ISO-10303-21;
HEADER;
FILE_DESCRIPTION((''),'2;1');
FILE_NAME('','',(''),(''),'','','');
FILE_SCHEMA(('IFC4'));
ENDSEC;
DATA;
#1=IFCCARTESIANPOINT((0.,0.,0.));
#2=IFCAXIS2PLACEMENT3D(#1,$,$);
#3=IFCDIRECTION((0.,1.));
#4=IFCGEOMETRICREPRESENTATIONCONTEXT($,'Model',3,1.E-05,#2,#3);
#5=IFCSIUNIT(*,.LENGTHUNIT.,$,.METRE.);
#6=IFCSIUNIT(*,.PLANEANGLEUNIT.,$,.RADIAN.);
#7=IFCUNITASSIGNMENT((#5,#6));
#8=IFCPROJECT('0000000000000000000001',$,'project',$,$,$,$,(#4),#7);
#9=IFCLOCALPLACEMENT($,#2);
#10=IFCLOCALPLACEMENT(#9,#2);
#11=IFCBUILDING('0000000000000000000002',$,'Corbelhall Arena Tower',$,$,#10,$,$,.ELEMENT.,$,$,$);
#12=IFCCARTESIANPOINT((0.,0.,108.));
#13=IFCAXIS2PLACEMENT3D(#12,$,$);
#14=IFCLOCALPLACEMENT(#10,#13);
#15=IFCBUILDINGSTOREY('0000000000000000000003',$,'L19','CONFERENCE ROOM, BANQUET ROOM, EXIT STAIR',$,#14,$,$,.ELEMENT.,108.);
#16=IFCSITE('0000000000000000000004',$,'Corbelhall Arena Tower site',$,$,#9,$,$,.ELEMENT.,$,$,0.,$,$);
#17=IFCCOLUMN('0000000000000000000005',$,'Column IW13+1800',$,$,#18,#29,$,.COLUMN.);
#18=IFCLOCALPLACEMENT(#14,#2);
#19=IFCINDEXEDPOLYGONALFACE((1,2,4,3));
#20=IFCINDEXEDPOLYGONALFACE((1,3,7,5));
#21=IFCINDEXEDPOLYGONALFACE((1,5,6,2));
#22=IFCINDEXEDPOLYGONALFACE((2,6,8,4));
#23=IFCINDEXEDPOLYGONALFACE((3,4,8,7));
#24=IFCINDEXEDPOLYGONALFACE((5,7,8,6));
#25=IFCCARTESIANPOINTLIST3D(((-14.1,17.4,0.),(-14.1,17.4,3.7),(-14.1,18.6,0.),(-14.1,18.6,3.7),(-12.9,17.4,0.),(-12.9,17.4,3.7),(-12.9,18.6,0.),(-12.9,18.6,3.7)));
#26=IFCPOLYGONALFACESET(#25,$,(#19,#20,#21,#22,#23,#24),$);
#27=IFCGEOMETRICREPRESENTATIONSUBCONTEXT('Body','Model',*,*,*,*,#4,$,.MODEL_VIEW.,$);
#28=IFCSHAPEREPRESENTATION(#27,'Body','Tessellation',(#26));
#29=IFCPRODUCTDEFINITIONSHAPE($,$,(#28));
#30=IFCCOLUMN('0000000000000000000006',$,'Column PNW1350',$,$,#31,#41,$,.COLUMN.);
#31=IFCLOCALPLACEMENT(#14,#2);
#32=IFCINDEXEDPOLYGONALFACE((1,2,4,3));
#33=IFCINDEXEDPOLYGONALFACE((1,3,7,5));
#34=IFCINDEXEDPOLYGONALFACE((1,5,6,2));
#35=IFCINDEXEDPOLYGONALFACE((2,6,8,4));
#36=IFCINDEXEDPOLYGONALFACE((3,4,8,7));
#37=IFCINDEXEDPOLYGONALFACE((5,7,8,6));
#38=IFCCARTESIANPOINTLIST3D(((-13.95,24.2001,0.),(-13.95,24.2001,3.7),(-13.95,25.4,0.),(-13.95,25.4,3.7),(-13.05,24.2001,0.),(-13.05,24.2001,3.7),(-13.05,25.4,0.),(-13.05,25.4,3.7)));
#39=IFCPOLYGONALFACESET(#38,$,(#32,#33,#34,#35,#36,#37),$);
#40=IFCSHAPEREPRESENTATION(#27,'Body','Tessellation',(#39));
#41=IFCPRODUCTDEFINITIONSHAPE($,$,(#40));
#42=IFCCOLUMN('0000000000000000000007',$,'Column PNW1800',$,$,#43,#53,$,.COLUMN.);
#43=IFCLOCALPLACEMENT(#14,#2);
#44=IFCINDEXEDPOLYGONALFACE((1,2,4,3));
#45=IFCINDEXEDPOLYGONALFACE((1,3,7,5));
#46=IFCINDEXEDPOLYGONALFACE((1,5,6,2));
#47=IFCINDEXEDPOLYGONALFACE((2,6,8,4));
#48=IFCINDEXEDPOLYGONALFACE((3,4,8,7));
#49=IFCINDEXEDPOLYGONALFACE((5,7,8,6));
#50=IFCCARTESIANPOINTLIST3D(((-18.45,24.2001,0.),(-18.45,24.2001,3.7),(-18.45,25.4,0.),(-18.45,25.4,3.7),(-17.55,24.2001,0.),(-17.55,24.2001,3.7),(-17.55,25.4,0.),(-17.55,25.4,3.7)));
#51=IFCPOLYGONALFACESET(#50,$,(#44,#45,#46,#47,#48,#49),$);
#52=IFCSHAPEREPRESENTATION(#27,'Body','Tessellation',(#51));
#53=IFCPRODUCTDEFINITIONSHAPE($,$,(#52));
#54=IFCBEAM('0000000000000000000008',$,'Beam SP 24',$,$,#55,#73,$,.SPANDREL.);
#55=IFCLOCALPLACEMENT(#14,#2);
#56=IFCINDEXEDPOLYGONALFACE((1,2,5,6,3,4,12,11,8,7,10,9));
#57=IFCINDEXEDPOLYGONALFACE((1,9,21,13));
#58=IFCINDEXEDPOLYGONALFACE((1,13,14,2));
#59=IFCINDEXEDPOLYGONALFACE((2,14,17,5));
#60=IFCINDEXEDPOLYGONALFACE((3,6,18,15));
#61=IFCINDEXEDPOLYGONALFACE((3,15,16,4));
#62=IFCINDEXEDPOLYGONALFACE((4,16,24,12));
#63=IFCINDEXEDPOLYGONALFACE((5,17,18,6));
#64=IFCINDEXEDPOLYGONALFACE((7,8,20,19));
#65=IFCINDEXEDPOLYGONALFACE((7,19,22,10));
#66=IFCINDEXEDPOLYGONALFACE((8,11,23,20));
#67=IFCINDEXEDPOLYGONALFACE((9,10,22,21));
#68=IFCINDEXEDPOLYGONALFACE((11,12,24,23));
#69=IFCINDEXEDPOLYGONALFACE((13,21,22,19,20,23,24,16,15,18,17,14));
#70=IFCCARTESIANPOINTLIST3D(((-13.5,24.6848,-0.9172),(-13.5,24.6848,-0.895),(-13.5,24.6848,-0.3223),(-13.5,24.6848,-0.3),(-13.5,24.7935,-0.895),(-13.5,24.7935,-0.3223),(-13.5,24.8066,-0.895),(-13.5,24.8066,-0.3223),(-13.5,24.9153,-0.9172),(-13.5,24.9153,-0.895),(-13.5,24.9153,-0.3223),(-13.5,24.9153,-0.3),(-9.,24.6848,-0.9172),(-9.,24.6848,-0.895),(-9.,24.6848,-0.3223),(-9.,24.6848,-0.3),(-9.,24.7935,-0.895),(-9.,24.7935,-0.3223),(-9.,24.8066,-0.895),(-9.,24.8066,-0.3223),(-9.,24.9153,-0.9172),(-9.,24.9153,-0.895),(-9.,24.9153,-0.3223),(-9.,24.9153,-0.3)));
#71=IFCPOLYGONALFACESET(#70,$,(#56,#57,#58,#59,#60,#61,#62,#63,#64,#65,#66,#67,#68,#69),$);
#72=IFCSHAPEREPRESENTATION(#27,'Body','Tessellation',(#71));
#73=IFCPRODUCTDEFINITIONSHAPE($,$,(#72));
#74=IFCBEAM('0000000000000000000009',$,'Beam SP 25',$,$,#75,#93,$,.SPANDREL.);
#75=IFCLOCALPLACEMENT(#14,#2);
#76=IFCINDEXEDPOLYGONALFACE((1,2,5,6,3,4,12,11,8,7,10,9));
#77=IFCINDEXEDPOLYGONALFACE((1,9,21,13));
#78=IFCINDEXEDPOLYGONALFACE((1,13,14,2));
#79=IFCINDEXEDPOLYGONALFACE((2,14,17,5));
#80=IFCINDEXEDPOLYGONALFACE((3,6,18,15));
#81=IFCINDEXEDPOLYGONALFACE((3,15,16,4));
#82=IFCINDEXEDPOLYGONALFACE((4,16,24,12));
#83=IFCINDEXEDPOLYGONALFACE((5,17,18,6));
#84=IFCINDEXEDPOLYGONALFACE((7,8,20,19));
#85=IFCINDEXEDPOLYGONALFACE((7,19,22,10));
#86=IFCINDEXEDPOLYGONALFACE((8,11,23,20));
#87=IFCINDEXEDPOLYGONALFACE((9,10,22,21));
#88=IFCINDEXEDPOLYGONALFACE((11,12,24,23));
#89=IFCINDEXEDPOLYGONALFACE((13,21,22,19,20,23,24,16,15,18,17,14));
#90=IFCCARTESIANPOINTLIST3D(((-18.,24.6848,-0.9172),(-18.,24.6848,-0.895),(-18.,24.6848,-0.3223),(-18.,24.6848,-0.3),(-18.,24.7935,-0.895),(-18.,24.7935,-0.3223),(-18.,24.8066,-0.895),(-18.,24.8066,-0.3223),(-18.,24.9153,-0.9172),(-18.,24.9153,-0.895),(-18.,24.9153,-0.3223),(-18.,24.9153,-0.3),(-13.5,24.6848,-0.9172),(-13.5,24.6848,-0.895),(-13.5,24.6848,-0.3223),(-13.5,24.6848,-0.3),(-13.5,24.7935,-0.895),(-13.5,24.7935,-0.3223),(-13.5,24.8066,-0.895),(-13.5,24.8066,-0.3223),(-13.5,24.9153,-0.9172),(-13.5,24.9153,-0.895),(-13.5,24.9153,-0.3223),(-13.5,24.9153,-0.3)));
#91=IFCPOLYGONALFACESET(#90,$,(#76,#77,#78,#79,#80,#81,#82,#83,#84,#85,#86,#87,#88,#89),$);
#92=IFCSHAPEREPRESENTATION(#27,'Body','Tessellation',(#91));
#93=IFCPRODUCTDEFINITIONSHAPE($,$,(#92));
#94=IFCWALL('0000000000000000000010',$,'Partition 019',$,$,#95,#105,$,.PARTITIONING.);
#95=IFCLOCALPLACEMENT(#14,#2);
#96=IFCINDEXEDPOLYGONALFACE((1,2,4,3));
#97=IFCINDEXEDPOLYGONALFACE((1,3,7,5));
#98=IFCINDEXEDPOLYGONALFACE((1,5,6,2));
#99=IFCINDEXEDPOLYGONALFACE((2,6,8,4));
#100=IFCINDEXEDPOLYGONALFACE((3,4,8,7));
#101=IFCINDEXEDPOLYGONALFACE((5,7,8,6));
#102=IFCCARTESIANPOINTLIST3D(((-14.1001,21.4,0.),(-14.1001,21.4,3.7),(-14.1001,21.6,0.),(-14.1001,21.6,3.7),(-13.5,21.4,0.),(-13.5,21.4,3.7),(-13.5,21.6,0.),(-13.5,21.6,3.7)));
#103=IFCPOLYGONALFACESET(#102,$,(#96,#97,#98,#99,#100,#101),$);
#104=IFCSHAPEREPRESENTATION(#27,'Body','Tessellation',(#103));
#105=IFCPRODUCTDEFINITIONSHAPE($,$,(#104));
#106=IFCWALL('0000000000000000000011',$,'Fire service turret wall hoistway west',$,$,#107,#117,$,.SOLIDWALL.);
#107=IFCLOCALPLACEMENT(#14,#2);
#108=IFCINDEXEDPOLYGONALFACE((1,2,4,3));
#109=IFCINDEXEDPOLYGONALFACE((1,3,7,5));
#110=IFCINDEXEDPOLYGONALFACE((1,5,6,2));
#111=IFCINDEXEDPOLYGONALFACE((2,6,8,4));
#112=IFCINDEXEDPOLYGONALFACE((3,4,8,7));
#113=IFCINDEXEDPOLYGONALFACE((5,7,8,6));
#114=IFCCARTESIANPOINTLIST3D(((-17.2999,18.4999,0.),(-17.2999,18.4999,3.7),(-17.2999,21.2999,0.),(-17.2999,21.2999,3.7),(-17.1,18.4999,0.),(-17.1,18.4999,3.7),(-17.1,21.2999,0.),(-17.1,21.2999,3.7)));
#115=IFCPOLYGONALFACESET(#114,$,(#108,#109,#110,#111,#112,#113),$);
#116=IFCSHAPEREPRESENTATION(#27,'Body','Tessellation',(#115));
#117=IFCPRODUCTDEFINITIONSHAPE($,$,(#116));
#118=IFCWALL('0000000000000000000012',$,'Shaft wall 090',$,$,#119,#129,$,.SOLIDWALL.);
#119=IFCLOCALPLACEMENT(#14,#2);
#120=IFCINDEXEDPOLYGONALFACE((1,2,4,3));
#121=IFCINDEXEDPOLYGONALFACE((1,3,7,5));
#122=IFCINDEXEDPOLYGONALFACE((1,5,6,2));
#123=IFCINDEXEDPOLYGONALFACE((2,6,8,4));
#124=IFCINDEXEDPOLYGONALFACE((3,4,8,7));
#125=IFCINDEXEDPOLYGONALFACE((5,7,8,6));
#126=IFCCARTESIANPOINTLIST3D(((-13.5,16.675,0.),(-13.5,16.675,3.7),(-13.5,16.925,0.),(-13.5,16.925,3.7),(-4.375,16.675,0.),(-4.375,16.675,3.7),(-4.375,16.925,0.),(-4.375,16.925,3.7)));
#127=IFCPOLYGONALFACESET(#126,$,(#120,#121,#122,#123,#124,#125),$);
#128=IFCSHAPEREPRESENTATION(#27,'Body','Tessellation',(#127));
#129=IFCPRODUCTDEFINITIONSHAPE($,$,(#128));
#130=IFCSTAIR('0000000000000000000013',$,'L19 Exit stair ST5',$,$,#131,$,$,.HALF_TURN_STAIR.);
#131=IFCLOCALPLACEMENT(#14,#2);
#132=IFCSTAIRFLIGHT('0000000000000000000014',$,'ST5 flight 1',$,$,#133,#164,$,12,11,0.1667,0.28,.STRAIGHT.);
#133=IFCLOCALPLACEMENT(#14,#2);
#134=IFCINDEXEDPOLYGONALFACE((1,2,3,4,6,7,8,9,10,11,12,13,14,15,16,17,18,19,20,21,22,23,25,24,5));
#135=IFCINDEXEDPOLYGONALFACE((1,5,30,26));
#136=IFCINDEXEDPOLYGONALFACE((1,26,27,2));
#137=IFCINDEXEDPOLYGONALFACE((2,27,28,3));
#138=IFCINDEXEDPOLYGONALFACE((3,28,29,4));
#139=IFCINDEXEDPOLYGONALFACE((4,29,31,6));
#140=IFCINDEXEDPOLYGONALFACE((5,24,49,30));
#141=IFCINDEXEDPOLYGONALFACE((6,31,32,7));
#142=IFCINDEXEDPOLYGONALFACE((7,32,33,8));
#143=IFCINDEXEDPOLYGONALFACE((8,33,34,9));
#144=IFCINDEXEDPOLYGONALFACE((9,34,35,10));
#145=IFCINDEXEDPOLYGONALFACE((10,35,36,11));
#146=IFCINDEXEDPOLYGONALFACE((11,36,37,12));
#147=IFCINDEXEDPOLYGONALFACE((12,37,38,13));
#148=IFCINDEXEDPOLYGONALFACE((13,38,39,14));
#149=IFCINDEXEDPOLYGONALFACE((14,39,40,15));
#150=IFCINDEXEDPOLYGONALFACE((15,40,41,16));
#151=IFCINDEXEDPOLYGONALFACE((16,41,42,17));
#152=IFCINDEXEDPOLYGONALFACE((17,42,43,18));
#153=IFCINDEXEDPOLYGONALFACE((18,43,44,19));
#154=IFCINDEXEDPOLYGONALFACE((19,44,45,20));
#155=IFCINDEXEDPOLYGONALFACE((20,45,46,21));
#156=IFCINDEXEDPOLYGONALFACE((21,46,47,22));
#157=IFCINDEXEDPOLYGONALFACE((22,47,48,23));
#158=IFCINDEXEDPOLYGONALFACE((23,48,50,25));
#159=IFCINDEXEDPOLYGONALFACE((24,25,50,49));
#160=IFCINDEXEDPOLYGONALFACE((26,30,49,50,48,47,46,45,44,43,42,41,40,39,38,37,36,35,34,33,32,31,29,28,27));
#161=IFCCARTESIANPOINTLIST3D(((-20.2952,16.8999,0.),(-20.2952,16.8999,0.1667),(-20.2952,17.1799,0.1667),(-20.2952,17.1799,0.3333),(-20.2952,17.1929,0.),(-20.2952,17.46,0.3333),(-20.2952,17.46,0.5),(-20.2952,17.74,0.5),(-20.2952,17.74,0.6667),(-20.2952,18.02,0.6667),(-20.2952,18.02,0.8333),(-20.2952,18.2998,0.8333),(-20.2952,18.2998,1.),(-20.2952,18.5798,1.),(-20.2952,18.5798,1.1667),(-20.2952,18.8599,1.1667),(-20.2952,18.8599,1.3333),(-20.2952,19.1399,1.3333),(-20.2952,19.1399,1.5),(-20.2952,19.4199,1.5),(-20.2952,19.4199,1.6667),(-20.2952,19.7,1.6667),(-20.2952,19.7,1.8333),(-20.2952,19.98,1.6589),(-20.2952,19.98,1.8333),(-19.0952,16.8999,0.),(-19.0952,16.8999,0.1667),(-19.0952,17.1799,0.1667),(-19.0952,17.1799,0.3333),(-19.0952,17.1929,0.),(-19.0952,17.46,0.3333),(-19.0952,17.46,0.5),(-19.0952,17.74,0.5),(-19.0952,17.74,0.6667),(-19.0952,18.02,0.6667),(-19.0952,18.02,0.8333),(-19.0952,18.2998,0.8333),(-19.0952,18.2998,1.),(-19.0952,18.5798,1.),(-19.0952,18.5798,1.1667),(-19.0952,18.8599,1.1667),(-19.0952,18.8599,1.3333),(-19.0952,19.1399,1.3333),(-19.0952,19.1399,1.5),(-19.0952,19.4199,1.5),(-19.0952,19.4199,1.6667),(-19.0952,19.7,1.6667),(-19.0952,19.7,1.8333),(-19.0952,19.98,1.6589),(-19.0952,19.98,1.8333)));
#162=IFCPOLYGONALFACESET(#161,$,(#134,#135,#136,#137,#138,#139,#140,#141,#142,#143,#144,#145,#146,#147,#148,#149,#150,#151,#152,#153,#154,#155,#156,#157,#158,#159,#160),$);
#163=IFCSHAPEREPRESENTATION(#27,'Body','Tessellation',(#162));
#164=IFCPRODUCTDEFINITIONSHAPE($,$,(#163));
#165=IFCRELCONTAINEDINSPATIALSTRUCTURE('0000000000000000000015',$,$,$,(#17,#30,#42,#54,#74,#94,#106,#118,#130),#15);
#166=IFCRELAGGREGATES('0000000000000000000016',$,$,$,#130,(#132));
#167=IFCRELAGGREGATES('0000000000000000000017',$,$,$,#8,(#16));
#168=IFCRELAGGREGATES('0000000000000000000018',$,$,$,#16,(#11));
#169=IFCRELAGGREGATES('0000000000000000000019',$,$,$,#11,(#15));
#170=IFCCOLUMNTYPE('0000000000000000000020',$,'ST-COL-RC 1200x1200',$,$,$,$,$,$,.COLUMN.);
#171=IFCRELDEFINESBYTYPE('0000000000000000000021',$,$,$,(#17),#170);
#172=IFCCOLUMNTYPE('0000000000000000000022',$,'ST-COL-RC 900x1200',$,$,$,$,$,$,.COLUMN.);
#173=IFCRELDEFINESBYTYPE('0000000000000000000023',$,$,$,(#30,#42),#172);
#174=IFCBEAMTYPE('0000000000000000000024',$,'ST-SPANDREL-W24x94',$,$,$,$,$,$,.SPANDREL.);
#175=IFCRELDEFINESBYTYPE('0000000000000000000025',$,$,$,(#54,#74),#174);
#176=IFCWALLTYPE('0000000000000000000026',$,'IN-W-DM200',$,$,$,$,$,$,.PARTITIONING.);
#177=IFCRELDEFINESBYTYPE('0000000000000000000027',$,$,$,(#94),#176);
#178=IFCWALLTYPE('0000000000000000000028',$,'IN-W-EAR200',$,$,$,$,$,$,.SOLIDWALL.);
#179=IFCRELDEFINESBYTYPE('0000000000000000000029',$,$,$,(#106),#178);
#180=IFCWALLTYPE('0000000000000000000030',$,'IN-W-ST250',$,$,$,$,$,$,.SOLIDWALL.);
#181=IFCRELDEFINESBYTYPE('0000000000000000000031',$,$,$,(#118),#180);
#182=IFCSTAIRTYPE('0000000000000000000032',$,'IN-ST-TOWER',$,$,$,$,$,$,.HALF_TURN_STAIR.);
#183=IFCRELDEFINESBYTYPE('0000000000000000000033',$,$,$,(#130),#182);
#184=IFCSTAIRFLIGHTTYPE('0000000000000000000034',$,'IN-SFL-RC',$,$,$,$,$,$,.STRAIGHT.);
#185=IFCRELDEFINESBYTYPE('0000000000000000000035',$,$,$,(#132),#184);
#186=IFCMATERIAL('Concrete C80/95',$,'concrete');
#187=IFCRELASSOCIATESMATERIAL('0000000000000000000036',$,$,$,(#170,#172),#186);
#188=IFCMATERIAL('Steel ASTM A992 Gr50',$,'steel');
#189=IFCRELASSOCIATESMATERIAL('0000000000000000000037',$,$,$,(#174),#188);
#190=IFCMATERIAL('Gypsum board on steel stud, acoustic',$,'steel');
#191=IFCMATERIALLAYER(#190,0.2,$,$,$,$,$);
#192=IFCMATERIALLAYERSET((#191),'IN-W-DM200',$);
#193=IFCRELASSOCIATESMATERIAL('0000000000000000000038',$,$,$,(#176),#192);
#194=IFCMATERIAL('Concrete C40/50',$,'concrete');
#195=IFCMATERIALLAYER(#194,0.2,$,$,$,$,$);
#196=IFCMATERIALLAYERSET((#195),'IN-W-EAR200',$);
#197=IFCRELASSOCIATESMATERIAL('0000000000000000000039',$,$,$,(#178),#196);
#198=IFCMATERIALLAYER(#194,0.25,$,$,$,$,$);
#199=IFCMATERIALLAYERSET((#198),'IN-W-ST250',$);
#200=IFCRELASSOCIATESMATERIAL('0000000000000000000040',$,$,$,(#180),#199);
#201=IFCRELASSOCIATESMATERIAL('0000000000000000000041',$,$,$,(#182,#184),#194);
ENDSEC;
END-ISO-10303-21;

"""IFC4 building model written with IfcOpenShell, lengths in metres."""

from ifc_helpers import new_model, si_unit, direction, frame, frame_2d, origin, origin_2d, place, context, subcontext, project, spatial, polyline, rectangle, i_section, outline, extrude, material, layer, layer_set, material_profile, profile_set, type_object, element, aggregate, save


model = new_model("IFC4")

# Units and contexts
model_context = context("Model", 3, precision=1e-05, world=origin(), true_north=direction((0.0, 1.0)))
body_context = subcontext(model_context, "Body", "Model", "MODEL_VIEW")
ifc_project = project(units=[si_unit("LENGTHUNIT", "METRE"), si_unit("PLANEANGLEUNIT", "RADIAN")], contexts=[model_context])

# Site, building, storey
site_placement = place(None, origin())
site = spatial("IfcSite", under=ifc_project, at=site_placement, Name="Corbelhall Arena Tower site", CompositionType="ELEMENT", RefElevation=0.0)
building_placement = place(site_placement, origin())
building = spatial("IfcBuilding", under=site, at=building_placement, Name="Corbelhall Arena Tower", CompositionType="ELEMENT")
storey_placement = place(building_placement, frame((0.0, 0.0, 108.0)))
storey = spatial("IfcBuildingStorey", under=building, at=storey_placement, Name="L19", Description="CONFERENCE ROOM, BANQUET ROOM, EXIT STAIR", CompositionType="ELEMENT", Elevation=108.0)

# Columns
ifc_material_1 = material(Name="Concrete C80/95", Category="concrete")
ifc_material_profile_1 = material_profile(ifc_material_1, rectangle(XDim=1.2, YDim=1.2, at=origin_2d()))
ifc_profile_set_1 = profile_set([ifc_material_profile_1], Name="Concrete C80/95")
column_type_1 = type_object("IfcColumnType", Name="ST-COL-RC 1200x1200", PredefinedType="COLUMN", material=ifc_profile_set_1)
column_placement = place(storey_placement, frame((-13.5, 18.0, 0.0), z_axis=(0.0, 0.0, 1.0), x_axis=(1.0, 0.0, 0.0)))
element("IfcColumn", 1, at=column_placement, inside=storey, type_object=column_type_1, Name="Column IW13+1800", PredefinedType="COLUMN", context=body_context, shape_type="SweptSolid", body=[
    extrude(rectangle(XDim=1.2, YDim=1.2, at=origin_2d()), origin(), (0.0, 0.0, 1.0), 3.7),
])
ifc_material_profile_2 = material_profile(ifc_material_1, rectangle(XDim=0.8999, YDim=1.2, at=origin_2d()))
ifc_profile_set_2 = profile_set([ifc_material_profile_2], Name="Concrete C80/95")
column_type_2 = type_object("IfcColumnType", Name="ST-COL-RC 900x1200", PredefinedType="COLUMN", material=ifc_profile_set_2)
for number, where, z_axis, x_axis, name in (
    (2, (-13.5, 24.8, 0.0), (0.0, 0.0, 1.0), (1.0, 0.0, 0.0), "Column PNW1350"),
    (3, (-18.0, 24.8, 0.0), (0.0, 0.0, 1.0), (1.0, 0.0, 0.0), "Column PNW1800"),
):
    element("IfcColumn", number, at=place(storey_placement, frame(where, z_axis=z_axis, x_axis=x_axis)), inside=storey, type_object=column_type_2, Name=name, PredefinedType="COLUMN", context=body_context, shape_type="SweptSolid", body=[
        extrude(rectangle(XDim=0.8999, YDim=1.2, at=origin_2d()), origin(), (0.0, 0.0, 1.0), 3.7),
    ])

# Beams
ifc_material_2 = material(Name="Steel ASTM A992 Gr50", Category="steel")
ifc_material_profile_3 = material_profile(ifc_material_2, i_section(OverallWidth=0.2305, OverallDepth=0.6172, WebThickness=0.0132, FlangeThickness=0.0222, at=origin_2d()))
ifc_profile_set_3 = profile_set([ifc_material_profile_3], Name="Steel ASTM A992 Gr50")
beam_type = type_object("IfcBeamType", Name="ST-SPANDREL-W24x94", PredefinedType="SPANDREL", material=ifc_profile_set_3)
for number, where, z_axis, x_axis, name in (
    (4, (-13.5, 24.8, -0.6086), (1.0, 0.0, 0.0), (0.0, 1.0, 0.0), "Beam SP 24"),
    (5, (-18.0, 24.8, -0.6086), (1.0, 0.0, 0.0), (0.0, 1.0, 0.0), "Beam SP 25"),
):
    element("IfcBeam", number, at=place(storey_placement, frame(where, z_axis=z_axis, x_axis=x_axis)), inside=storey, type_object=beam_type, Name=name, PredefinedType="SPANDREL", context=body_context, shape_type="SweptSolid", body=[
        extrude(i_section(OverallWidth=0.2305, OverallDepth=0.6172, WebThickness=0.0132, FlangeThickness=0.0222, at=origin_2d()), origin(), (0.0, 0.0, 1.0), 4.5),
    ])

# Wall
ifc_material_3 = material(Name="Gypsum board on steel stud, acoustic", Category="steel")
ifc_layer_1 = layer(ifc_material_3, 0.2)
ifc_layer_set_1 = layer_set([ifc_layer_1], Name="IN-W-DM200")
wall_type_1 = type_object("IfcWallType", Name="IN-W-DM200", PredefinedType="PARTITIONING", material=ifc_layer_set_1)
wall_1_placement = place(storey_placement, frame((-13.5, 21.5, 0.0), z_axis=(0.0, 0.0, 1.0), x_axis=(-1.0, 0.0, 0.0)))
element("IfcWall", 6, at=wall_1_placement, inside=storey, type_object=wall_type_1, Name="Partition 019", PredefinedType="PARTITIONING", context=body_context, shape_type="SweptSolid", body=[
    extrude(rectangle(XDim=0.6001, YDim=0.2, at=frame_2d((0.3, 0.0))), origin(), (0.0, 0.0, 1.0), 3.7),
])

# Wall
ifc_material_4 = material(Name="Concrete C40/50", Category="concrete")
ifc_layer_2 = layer(ifc_material_4, 0.2)
ifc_layer_set_2 = layer_set([ifc_layer_2], Name="IN-W-EAR200")
wall_type_2 = type_object("IfcWallType", Name="IN-W-EAR200", PredefinedType="SOLIDWALL", material=ifc_layer_set_2)
wall_2_placement = place(storey_placement, frame((-17.2, 18.5, 0.0), z_axis=(0.0, 0.0, 1.0), x_axis=(0.0, 1.0, 0.0)))
element("IfcWall", 7, at=wall_2_placement, inside=storey, type_object=wall_type_2, Name="Fire service turret wall hoistway west", PredefinedType="SOLIDWALL", context=body_context, shape_type="SweptSolid", body=[
    extrude(rectangle(XDim=2.8, YDim=0.2, at=frame_2d((1.3999, 0.0))), origin(), (0.0, 0.0, 1.0), 3.7),
])

# Wall
ifc_layer_3 = layer(ifc_material_4, 0.25)
ifc_layer_set_3 = layer_set([ifc_layer_3], Name="IN-W-ST250")
wall_type_3 = type_object("IfcWallType", Name="IN-W-ST250", PredefinedType="SOLIDWALL", material=ifc_layer_set_3)
wall_3_placement = place(storey_placement, frame((-13.5, 16.8, 0.0), z_axis=(0.0, 0.0, 1.0), x_axis=(1.0, 0.0, 0.0)))
element("IfcWall", 8, at=wall_3_placement, inside=storey, type_object=wall_type_3, Name="Shaft wall 090", PredefinedType="SOLIDWALL", context=body_context, shape_type="SweptSolid", body=[
    extrude(rectangle(XDim=9.125, YDim=0.25, at=frame_2d((4.5625, 0.0))), origin(), (0.0, 0.0, 1.0), 3.7),
])

# Stair, stair flight
stair_type = type_object("IfcStairType", Name="IN-ST-TOWER", PredefinedType="HALF_TURN_STAIR", material=ifc_material_4)
stair_placement = place(storey_placement, origin())
stair = element("IfcStair", 9, at=stair_placement, inside=storey, type_object=stair_type, Name="L19 Exit stair ST5", PredefinedType="HALF_TURN_STAIR")
stair_flight_type = type_object("IfcStairFlightType", Name="IN-SFL-RC", PredefinedType="STRAIGHT", material=ifc_material_4)
stair_flight_placement = place(storey_placement, frame((-19.6951, 16.8999, 0.0), z_axis=(0.0, 0.0, 1.0), x_axis=(0.0, 1.0, 0.0)))
stair_flight = element("IfcStairFlight", 10, at=stair_flight_placement, type_object=stair_flight_type, Name="ST5 flight 1", NumberOfRisers=12, NumberOfTreads=11, PredefinedType="STRAIGHT", RiserHeight=0.1667, TreadLength=0.28, context=body_context, shape_type="SweptSolid", body=[
    extrude(outline(polyline([(0.0, 0.0), (0.0, 0.1667), (0.28, 0.1667), (0.28, 0.3333), (0.5601, 0.3333), (0.5601, 0.5), (0.8401, 0.5), (0.8401, 0.6667), (1.1201, 0.6667), (1.1201, 0.8333), (1.3999, 0.8333), (1.3999, 1.0), (1.6799, 1.0), (1.6799, 1.1667), (1.96, 1.1667), (1.96, 1.3333), (2.24, 1.3333), (2.24, 1.5), (2.52, 1.5), (2.52, 1.6667), (2.8, 1.6667), (2.8, 1.8333), (3.0801, 1.8333), (3.0801, 2.0), (3.0801, 1.6589), (0.293, 0.0), (0.0, 0.0)])), frame((0.0, 0.6001, 0.0), z_axis=(0.0, -1.0, 0.0), x_axis=(1.0, 0.0, 0.0)), (0.0, 0.0, 1.0), 1.2),
])
aggregate(stair, [stair_flight])

save(model, "model.ifc")
